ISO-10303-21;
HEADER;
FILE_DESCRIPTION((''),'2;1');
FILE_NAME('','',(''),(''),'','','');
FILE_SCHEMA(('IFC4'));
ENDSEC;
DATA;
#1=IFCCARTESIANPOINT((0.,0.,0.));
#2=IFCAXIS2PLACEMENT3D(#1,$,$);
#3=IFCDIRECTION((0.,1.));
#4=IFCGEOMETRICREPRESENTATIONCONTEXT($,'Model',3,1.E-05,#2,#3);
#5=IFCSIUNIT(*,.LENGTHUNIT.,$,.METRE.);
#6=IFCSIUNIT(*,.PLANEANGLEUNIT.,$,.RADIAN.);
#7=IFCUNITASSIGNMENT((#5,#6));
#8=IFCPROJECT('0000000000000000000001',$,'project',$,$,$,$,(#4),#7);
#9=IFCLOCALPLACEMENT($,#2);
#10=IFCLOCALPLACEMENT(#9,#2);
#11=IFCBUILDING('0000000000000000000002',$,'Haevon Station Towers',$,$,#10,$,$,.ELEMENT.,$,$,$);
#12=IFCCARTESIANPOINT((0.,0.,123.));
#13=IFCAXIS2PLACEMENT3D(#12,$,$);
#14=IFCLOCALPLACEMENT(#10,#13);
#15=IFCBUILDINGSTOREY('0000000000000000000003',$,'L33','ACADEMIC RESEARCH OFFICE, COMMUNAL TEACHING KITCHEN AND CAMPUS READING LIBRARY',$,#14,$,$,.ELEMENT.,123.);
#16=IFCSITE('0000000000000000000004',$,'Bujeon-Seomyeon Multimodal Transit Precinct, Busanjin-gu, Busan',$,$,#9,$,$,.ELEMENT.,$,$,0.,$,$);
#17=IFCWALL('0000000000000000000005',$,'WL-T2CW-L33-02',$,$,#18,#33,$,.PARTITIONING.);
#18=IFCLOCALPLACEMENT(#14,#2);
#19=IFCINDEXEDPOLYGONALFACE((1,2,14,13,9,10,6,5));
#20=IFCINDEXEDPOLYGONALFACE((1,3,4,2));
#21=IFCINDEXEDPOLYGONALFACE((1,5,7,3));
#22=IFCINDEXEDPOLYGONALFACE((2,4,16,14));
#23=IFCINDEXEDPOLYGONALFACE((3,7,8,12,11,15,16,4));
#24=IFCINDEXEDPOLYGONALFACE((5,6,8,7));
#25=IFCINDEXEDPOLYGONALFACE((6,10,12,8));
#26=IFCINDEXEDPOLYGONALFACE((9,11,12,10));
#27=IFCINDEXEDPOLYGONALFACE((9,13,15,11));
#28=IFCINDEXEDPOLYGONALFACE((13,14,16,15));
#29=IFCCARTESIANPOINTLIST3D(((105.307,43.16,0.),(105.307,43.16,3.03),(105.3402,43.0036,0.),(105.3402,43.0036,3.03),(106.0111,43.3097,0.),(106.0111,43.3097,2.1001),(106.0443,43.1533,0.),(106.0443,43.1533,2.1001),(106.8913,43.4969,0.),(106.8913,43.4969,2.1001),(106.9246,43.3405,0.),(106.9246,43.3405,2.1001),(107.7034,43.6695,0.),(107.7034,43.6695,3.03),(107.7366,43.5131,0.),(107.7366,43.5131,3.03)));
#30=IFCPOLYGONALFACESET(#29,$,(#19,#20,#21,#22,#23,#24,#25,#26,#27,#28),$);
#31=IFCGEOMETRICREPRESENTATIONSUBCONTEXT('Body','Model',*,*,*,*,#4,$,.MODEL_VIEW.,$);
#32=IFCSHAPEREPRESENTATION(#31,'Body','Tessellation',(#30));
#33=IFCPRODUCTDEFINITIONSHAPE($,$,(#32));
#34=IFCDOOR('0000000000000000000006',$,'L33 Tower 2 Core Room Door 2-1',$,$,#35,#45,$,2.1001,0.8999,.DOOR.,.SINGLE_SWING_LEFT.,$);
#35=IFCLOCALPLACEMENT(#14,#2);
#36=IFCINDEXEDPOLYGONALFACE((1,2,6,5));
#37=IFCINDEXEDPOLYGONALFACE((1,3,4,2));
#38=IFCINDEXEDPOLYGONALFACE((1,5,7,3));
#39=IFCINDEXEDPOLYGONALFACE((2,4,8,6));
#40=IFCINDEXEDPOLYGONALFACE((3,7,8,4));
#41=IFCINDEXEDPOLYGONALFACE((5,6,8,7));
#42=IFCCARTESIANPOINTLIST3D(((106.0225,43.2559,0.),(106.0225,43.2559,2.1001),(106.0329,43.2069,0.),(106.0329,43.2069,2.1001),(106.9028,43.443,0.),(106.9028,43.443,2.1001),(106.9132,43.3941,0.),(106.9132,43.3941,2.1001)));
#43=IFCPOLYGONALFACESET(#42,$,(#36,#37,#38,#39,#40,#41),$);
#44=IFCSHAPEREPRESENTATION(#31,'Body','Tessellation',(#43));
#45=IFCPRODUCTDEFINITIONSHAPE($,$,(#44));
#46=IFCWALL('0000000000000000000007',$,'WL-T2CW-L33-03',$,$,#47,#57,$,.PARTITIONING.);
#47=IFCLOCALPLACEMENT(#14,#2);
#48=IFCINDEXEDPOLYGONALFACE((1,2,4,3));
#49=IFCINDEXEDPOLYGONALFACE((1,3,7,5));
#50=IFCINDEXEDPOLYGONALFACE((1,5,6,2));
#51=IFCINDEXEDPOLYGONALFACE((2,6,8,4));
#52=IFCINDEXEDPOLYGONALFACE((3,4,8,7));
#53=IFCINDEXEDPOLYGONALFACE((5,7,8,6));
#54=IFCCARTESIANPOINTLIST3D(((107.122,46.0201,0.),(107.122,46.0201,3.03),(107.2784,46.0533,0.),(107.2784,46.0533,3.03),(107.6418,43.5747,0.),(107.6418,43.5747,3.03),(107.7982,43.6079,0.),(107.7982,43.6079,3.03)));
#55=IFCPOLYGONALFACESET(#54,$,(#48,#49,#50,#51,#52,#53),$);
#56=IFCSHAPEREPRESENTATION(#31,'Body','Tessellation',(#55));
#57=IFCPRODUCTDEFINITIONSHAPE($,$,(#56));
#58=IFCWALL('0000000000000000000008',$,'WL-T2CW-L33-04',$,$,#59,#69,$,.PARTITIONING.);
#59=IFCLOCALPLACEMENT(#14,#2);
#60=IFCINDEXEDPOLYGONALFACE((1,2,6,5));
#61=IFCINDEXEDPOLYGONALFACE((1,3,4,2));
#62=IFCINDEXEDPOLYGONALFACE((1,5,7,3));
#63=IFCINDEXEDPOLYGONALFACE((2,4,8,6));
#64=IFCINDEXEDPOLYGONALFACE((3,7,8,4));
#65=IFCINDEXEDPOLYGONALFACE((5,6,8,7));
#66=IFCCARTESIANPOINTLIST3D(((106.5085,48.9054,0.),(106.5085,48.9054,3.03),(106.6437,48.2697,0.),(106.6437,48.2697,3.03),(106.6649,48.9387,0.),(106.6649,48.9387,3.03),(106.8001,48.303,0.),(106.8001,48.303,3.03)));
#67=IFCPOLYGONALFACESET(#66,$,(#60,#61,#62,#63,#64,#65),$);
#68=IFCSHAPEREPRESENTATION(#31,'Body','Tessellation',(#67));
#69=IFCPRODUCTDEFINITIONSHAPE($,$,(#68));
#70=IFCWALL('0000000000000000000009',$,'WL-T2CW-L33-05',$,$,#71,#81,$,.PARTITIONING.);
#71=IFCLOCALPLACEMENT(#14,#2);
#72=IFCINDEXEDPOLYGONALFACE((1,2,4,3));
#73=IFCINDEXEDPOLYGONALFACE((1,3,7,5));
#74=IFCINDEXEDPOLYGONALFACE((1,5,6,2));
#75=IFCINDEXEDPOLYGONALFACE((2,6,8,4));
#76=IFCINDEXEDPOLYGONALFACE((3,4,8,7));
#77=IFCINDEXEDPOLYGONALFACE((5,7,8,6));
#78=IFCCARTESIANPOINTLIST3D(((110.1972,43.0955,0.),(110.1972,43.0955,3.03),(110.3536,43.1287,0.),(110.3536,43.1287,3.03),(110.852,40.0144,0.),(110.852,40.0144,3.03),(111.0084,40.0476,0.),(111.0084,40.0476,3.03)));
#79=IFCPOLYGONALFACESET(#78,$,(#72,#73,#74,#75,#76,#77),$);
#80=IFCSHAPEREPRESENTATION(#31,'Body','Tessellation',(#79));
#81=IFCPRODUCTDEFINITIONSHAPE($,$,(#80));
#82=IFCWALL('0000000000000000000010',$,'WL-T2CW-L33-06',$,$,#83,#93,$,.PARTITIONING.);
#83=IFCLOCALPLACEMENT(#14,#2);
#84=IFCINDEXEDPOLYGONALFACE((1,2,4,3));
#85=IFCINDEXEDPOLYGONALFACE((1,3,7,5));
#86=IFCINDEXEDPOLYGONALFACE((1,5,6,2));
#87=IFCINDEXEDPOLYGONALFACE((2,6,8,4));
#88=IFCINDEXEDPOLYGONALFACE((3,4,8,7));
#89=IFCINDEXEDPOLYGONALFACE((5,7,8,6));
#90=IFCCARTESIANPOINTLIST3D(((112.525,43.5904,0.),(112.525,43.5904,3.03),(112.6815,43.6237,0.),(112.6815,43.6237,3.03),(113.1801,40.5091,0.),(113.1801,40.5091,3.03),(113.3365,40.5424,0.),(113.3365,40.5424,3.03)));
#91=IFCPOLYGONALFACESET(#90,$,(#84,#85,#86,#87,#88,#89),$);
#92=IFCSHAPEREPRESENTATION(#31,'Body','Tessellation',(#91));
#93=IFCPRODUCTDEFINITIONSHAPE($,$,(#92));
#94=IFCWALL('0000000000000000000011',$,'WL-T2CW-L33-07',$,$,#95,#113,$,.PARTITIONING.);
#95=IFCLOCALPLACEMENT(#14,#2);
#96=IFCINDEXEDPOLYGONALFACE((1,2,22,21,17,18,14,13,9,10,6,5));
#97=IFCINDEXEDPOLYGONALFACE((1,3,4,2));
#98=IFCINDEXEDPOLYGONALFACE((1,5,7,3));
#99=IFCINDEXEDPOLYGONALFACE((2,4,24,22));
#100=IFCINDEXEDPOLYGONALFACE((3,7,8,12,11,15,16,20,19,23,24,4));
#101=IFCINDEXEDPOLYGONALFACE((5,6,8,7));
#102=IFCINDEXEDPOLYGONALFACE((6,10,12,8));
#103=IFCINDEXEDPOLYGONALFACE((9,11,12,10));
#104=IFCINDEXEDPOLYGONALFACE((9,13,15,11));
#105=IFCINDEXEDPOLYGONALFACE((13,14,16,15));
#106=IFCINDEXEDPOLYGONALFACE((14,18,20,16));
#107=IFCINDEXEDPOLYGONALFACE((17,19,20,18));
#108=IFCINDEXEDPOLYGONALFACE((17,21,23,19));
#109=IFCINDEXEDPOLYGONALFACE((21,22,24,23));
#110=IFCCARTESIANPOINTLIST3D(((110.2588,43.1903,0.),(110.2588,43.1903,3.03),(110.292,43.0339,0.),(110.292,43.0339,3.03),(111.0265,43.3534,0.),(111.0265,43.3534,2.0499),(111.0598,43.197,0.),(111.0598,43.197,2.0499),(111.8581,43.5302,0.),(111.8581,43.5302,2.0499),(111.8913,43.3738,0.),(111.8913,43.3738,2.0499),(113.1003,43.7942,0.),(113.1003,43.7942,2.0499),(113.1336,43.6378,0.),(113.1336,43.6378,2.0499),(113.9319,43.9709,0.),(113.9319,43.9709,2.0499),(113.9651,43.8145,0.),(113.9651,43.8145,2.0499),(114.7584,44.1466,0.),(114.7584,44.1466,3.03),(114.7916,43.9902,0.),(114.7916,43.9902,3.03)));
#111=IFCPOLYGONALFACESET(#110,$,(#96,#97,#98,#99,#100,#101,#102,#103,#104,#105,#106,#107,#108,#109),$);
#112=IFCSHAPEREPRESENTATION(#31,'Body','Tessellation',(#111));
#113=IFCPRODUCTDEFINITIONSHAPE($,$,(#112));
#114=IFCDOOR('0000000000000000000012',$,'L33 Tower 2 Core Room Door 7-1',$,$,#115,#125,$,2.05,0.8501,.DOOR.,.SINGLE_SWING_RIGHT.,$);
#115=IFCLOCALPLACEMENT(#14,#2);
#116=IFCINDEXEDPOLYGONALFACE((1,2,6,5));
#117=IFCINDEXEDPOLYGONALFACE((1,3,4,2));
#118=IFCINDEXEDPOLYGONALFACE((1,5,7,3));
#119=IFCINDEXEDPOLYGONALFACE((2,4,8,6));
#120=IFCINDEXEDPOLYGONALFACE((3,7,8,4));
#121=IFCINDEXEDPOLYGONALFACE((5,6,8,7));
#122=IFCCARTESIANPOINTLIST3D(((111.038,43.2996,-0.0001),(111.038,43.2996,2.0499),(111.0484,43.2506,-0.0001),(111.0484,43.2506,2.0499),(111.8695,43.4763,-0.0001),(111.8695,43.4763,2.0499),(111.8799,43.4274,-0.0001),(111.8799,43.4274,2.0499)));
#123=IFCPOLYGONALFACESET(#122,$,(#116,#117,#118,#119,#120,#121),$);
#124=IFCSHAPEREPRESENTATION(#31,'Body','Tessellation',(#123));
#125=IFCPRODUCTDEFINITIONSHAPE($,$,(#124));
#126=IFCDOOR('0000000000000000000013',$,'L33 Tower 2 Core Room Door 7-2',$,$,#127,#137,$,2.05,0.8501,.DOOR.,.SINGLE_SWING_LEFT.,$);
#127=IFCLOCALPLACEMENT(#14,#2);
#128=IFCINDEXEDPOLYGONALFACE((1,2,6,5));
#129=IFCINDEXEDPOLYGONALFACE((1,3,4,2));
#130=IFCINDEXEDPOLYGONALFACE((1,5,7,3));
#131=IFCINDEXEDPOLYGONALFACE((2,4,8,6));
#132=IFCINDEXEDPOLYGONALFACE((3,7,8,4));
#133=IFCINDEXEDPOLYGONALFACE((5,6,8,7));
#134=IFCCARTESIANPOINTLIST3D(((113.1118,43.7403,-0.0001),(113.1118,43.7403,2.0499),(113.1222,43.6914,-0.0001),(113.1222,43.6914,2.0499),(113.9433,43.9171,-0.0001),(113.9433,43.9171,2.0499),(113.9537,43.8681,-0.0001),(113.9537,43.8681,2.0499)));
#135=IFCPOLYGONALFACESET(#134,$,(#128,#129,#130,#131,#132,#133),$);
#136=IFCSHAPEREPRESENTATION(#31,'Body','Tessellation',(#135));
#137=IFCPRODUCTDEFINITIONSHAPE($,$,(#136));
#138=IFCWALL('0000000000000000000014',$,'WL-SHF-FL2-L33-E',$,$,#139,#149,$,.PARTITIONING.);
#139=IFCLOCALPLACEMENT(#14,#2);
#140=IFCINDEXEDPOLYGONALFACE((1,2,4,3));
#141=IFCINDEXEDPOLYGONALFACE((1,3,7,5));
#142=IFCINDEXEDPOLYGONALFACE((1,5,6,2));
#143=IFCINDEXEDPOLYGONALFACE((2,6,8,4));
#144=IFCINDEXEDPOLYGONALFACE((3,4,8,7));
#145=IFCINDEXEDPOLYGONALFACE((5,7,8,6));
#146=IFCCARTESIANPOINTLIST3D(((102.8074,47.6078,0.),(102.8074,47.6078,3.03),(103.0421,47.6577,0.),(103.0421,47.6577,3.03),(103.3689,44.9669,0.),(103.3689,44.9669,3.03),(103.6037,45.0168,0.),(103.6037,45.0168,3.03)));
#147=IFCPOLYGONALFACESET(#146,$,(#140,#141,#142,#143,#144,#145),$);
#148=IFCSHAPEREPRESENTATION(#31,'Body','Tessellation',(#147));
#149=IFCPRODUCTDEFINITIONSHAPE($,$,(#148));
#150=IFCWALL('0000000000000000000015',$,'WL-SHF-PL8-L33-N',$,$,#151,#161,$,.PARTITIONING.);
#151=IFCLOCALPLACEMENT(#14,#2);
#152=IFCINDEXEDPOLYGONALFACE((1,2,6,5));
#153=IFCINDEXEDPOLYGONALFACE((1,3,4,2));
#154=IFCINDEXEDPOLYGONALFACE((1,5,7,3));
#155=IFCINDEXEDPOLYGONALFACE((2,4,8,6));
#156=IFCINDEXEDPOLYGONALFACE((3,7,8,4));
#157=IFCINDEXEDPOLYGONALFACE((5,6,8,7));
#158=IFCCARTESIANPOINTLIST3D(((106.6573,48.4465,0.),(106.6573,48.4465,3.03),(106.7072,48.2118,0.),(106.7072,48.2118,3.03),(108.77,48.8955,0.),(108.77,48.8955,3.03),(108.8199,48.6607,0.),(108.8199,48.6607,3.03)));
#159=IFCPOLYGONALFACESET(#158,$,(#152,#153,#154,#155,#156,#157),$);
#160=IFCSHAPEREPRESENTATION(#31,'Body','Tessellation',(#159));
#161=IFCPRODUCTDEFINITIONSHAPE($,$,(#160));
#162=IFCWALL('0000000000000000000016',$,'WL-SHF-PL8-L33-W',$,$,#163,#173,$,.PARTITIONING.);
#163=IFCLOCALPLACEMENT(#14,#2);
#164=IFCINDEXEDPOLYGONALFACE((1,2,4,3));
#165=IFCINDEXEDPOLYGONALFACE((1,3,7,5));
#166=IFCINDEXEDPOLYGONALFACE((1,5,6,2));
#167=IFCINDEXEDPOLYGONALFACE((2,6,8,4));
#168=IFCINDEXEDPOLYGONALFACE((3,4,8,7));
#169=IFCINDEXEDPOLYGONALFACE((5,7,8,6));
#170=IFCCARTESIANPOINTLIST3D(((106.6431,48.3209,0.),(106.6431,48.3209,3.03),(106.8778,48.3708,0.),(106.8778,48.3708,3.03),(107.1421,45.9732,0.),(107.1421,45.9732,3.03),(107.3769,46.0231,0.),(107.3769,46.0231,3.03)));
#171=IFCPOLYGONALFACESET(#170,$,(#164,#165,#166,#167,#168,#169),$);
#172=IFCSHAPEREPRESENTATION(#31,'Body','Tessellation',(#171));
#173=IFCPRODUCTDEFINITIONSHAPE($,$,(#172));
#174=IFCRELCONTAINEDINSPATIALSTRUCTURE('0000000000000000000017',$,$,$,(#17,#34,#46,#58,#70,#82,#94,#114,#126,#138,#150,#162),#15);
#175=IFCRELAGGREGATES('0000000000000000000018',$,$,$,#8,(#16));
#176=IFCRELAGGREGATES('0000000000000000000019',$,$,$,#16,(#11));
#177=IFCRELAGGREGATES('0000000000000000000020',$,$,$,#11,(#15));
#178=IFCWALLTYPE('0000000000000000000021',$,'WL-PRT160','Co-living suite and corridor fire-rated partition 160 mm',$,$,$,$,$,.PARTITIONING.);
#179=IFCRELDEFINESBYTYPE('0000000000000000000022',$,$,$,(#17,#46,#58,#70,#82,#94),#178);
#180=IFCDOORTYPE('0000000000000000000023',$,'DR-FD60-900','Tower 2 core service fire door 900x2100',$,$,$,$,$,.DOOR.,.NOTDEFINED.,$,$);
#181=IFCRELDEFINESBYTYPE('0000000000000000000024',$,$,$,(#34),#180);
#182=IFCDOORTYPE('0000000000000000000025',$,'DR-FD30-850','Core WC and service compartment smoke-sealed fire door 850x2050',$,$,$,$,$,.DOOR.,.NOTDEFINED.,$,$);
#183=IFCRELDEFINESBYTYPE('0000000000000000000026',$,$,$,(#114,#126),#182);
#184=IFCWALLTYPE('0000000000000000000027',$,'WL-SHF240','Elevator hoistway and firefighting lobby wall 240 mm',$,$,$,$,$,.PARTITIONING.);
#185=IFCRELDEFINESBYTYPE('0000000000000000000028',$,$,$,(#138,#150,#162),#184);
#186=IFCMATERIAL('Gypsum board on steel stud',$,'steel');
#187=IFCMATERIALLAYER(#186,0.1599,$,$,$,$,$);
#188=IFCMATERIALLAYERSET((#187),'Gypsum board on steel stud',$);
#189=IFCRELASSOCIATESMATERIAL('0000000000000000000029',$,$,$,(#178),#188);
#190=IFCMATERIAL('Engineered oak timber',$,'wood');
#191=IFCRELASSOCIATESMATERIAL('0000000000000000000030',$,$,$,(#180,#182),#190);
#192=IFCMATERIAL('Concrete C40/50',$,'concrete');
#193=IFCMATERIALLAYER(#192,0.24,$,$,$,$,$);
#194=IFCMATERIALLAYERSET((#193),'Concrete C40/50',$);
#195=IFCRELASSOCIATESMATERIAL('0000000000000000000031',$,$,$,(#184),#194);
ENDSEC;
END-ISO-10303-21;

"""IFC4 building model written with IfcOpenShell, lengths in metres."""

from ifc_helpers import new_model, si_unit, direction, frame, frame_2d, origin, place, context, subcontext, project, spatial, rectangle, extrude, material, layer, layer_set, type_object, element, fill, save


model = new_model("IFC4")

# Units and contexts
model_context = context("Model", 3, precision=1e-05, world=origin(), true_north=direction((0.0, 1.0)))
body_context = subcontext(model_context, "Body", "Model", "MODEL_VIEW")
ifc_project = project(units=[si_unit("LENGTHUNIT", "METRE"), si_unit("PLANEANGLEUNIT", "RADIAN")], contexts=[model_context])

# Site, building, storey
site_placement = place(None, origin())
site = spatial("IfcSite", under=ifc_project, at=site_placement, Name="Bujeon-Seomyeon Multimodal Transit Precinct, Busanjin-gu, Busan", CompositionType="ELEMENT", RefElevation=0.0)
building_placement = place(site_placement, origin())
building = spatial("IfcBuilding", under=site, at=building_placement, Name="Haevon Station Towers", CompositionType="ELEMENT")
storey_placement = place(building_placement, frame((0.0, 0.0, 123.0)))
storey = spatial("IfcBuildingStorey", under=building, at=storey_placement, Name="L33", Description="ACADEMIC RESEARCH OFFICE, COMMUNAL TEACHING KITCHEN AND CAMPUS READING LIBRARY", CompositionType="ELEMENT", Elevation=123.0)

# Shared definitions
ifc_material_1 = material(Name="Gypsum board on steel stud", Category="steel")
ifc_material_2 = material(Name="Engineered oak timber", Category="wood")

# Shared definitions
ifc_layer_1 = layer(ifc_material_1, 0.1599)
ifc_layer_set_1 = layer_set([ifc_layer_1], Name="Gypsum board on steel stud")
wall_type_1 = type_object("IfcWallType", Name="WL-PRT160", Description="Co-living suite and corridor fire-rated partition 160 mm", PredefinedType="PARTITIONING", material=ifc_layer_set_1)

# Wall, opening, door
wall_1_placement = place(storey_placement, frame((105.3235, 43.0818, 0.0), z_axis=(0.0, 0.0, 1.0), x_axis=(0.978137, 0.207964, 0.0)))
wall_1 = element("IfcWall", 1, at=wall_1_placement, inside=storey, type_object=wall_type_1, Name="WL-T2CW-L33-02", PredefinedType="PARTITIONING", context=body_context, shape_type="SweptSolid", body=[
    extrude(rectangle(XDim=2.45, YDim=0.1599, at=frame_2d((1.2251, 0.0))), origin(), (0.0, 0.0, 1.0), 3.03),
])
opening_1_placement = place(wall_1_placement, frame((0.72, 0.0, 0.0)))
opening_1 = element("IfcOpeningElement", 2, at=opening_1_placement, cuts=wall_1, PredefinedType="OPENING", context=body_context, shape_type="SweptSolid", body=[
    extrude(rectangle(XDim=0.8999, YDim=2.1001, at=frame_2d((0.45, 1.05))), frame((0.0, 0.0898, 0.0), z_axis=(0.0, -1.0, 0.0), x_axis=(1.0, 0.0, 0.0)), (0.0, 0.0, 1.0), 0.1799),
])
door_type_1 = type_object("IfcDoorType", Name="DR-FD60-900", Description="Tower 2 core service fire door 900x2100", OperationType="NOTDEFINED", PredefinedType="DOOR", material=ifc_material_2)
door_1_placement = place(opening_1_placement, origin())
door_1 = element("IfcDoor", 3, at=door_1_placement, inside=storey, type_object=door_type_1, Name="L33 Tower 2 Core Room Door 2-1", OperationType="SINGLE_SWING_LEFT", OverallHeight=2.1001, OverallWidth=0.8999, PredefinedType="DOOR", context=body_context, shape_type="SweptSolid", body=[
    extrude(rectangle(XDim=0.8999, YDim=2.1001, at=frame_2d((0.45, 1.05))), frame((0.0, 0.0249, 0.0), z_axis=(0.0, -1.0, 0.0), x_axis=(1.0, 0.0, 0.0)), (0.0, 0.0, 1.0), 0.05),
])
fill(opening_1, door_1)

# Walls
wall_2_placement = place(storey_placement, frame((107.72, 43.5913, 0.0), z_axis=(0.0, 0.0, 1.0), x_axis=(-0.207915, 0.978147, 0.0)))
element("IfcWall", 4, at=wall_2_placement, inside=storey, type_object=wall_type_1, Name="WL-T2CW-L33-03", PredefinedType="PARTITIONING", context=body_context, shape_type="SweptSolid", body=[
    extrude(rectangle(XDim=2.5, YDim=0.1599, at=frame_2d((1.25, 0.0))), origin(), (0.0, 0.0, 1.0), 3.03),
])
wall_3_placement = place(storey_placement, frame((106.7219, 48.2864, 0.0), z_axis=(0.0, 0.0, 1.0), x_axis=(-0.208092, 0.978109, 0.0)))
element("IfcWall", 5, at=wall_3_placement, inside=storey, type_object=wall_type_1, Name="WL-T2CW-L33-04", PredefinedType="PARTITIONING", context=body_context, shape_type="SweptSolid", body=[
    extrude(rectangle(XDim=0.6499, YDim=0.1599, at=frame_2d((0.325, 0.0))), origin(), (0.0, 0.0, 1.0), 3.03),
])
wall_4_placement = place(storey_placement, frame((110.9302, 40.031, 0.0), z_axis=(0.0, 0.0, 1.0), x_axis=(-0.207877, 0.978155, 0.0)))
element("IfcWall", 6, at=wall_4_placement, inside=storey, type_object=wall_type_1, Name="WL-T2CW-L33-05", PredefinedType="PARTITIONING", context=body_context, shape_type="SweptSolid", body=[
    extrude(rectangle(XDim=3.1499, YDim=0.1599, at=frame_2d((1.575, 0.0))), origin(), (0.0, 0.0, 1.0), 3.03),
])
wall_5_placement = place(storey_placement, frame((113.2583, 40.5256, 0.0), z_axis=(0.0, 0.0, 1.0), x_axis=(-0.207936, 0.978142, 0.0)))
element("IfcWall", 7, at=wall_5_placement, inside=storey, type_object=wall_type_1, Name="WL-T2CW-L33-06", PredefinedType="PARTITIONING", context=body_context, shape_type="SweptSolid", body=[
    extrude(rectangle(XDim=3.1501, YDim=0.1599, at=frame_2d((1.5752, 0.0))), origin(), (0.0, 0.0, 1.0), 3.03),
])

# Wall, openings, doors
wall_6_placement = place(storey_placement, frame((110.2754, 43.1121, 0.0), z_axis=(0.0, 0.0, 1.0), x_axis=(0.978152, 0.20789, 0.0)))
wall_6 = element("IfcWall", 8, at=wall_6_placement, inside=storey, type_object=wall_type_1, Name="WL-T2CW-L33-07", PredefinedType="PARTITIONING", context=body_context, shape_type="SweptSolid", body=[
    extrude(rectangle(XDim=4.6001, YDim=0.1599, at=frame_2d((2.3, 0.0))), origin(), (0.0, 0.0, 1.0), 3.03),
])
opening_2_placement = place(wall_6_placement, frame((0.7849, 0.0, 0.0)))
opening_2 = element("IfcOpeningElement", 9, at=opening_2_placement, cuts=wall_6, PredefinedType="OPENING", context=body_context, shape_type="SweptSolid", body=[
    extrude(rectangle(XDim=0.8501, YDim=2.05, at=frame_2d((0.425, 1.0249))), frame((0.0, 0.0898, 0.0), z_axis=(0.0, -1.0, 0.0), x_axis=(1.0, 0.0, 0.0)), (0.0, 0.0, 1.0), 0.1799),
])
opening_3_placement = place(wall_6_placement, frame((2.905, 0.0, 0.0)))
opening_3 = element("IfcOpeningElement", 10, at=opening_3_placement, cuts=wall_6, PredefinedType="OPENING", context=body_context, shape_type="SweptSolid", body=[
    extrude(rectangle(XDim=0.8501, YDim=2.05, at=frame_2d((0.425, 1.0249))), frame((0.0, 0.0898, 0.0), z_axis=(0.0, -1.0, 0.0), x_axis=(1.0, 0.0, 0.0)), (0.0, 0.0, 1.0), 0.1799),
])
door_type_2 = type_object("IfcDoorType", Name="DR-FD30-850", Description="Core WC and service compartment smoke-sealed fire door 850x2050", OperationType="NOTDEFINED", PredefinedType="DOOR", material=ifc_material_2)
door_2_placement = place(opening_2_placement, origin())
door_2 = element("IfcDoor", 11, at=door_2_placement, inside=storey, type_object=door_type_2, Name="L33 Tower 2 Core Room Door 7-1", OperationType="SINGLE_SWING_RIGHT", OverallHeight=2.05, OverallWidth=0.8501, PredefinedType="DOOR", context=body_context, shape_type="SweptSolid", body=[
    extrude(rectangle(XDim=0.8501, YDim=2.05, at=frame_2d((0.425, 1.0249))), frame((0.0, 0.0249, 0.0), z_axis=(0.0, -1.0, 0.0), x_axis=(1.0, 0.0, 0.0)), (0.0, 0.0, 1.0), 0.05),
])
fill(opening_2, door_2)
door_3_placement = place(opening_3_placement, origin())
door_3 = element("IfcDoor", 12, at=door_3_placement, inside=storey, type_object=door_type_2, Name="L33 Tower 2 Core Room Door 7-2", OperationType="SINGLE_SWING_LEFT", OverallHeight=2.05, OverallWidth=0.8501, PredefinedType="DOOR", context=body_context, shape_type="SweptSolid", body=[
    extrude(rectangle(XDim=0.8501, YDim=2.05, at=frame_2d((0.425, 1.0249))), frame((0.0, 0.0249, 0.0), z_axis=(0.0, -1.0, 0.0), x_axis=(1.0, 0.0, 0.0)), (0.0, 0.0, 1.0), 0.05),
])
fill(opening_3, door_3)

# Shared definitions
ifc_material_3 = material(Name="Concrete C40/50", Category="concrete")
ifc_layer_2 = layer(ifc_material_3, 0.24)
ifc_layer_set_2 = layer_set([ifc_layer_2], Name="Concrete C40/50")
wall_type_2 = type_object("IfcWallType", Name="WL-SHF240", Description="Elevator hoistway and firefighting lobby wall 240 mm", PredefinedType="PARTITIONING", material=ifc_layer_set_2)

# Wall
wall_7_placement = place(storey_placement, frame((103.4863, 44.9917, 0.0), z_axis=(0.0, 0.0, 1.0), x_axis=(-0.207979, 0.978133, 0.0)))
element("IfcWall", 13, at=wall_7_placement, inside=storey, type_object=wall_type_2, Name="WL-SHF-FL2-L33-E", PredefinedType="PARTITIONING", context=body_context, shape_type="SweptSolid", body=[
    extrude(rectangle(XDim=2.7, YDim=0.24, at=frame_2d((1.3501, 0.0))), origin(), (0.0, 0.0, 1.0), 3.03),
])

# Walls
wall_8_placement = place(storey_placement, frame((106.6821, 48.3291, 0.0), z_axis=(0.0, 0.0, 1.0), x_axis=(0.978158, 0.207861, 0.0)))
element("IfcWall", 14, at=wall_8_placement, inside=storey, type_object=wall_type_2, Name="WL-SHF-PL8-L33-N", PredefinedType="PARTITIONING", context=body_context, shape_type="SweptSolid", body=[
    extrude(rectangle(XDim=2.1599, YDim=0.24, at=frame_2d((1.0801, 0.0))), origin(), (0.0, 0.0, 1.0), 3.03),
])
for number, where, z_axis, x_axis, name in (
    (15, (107.2595, 45.998, 0.0), (0.0, 0.0, 1.0), (-0.207917, 0.978146, 0.0), "WL-SHF-PL8-L33-W"),
):
    element("IfcWall", number, at=place(storey_placement, frame(where, z_axis=z_axis, x_axis=x_axis)), inside=storey, type_object=wall_type_2, Name=name, PredefinedType="PARTITIONING", context=body_context, shape_type="SweptSolid", body=[
        extrude(rectangle(XDim=2.4001, YDim=0.24, at=frame_2d((1.2002, 0.0))), origin(), (0.0, 0.0, 1.0), 3.03),
    ])

save(model, "model.ifc")
